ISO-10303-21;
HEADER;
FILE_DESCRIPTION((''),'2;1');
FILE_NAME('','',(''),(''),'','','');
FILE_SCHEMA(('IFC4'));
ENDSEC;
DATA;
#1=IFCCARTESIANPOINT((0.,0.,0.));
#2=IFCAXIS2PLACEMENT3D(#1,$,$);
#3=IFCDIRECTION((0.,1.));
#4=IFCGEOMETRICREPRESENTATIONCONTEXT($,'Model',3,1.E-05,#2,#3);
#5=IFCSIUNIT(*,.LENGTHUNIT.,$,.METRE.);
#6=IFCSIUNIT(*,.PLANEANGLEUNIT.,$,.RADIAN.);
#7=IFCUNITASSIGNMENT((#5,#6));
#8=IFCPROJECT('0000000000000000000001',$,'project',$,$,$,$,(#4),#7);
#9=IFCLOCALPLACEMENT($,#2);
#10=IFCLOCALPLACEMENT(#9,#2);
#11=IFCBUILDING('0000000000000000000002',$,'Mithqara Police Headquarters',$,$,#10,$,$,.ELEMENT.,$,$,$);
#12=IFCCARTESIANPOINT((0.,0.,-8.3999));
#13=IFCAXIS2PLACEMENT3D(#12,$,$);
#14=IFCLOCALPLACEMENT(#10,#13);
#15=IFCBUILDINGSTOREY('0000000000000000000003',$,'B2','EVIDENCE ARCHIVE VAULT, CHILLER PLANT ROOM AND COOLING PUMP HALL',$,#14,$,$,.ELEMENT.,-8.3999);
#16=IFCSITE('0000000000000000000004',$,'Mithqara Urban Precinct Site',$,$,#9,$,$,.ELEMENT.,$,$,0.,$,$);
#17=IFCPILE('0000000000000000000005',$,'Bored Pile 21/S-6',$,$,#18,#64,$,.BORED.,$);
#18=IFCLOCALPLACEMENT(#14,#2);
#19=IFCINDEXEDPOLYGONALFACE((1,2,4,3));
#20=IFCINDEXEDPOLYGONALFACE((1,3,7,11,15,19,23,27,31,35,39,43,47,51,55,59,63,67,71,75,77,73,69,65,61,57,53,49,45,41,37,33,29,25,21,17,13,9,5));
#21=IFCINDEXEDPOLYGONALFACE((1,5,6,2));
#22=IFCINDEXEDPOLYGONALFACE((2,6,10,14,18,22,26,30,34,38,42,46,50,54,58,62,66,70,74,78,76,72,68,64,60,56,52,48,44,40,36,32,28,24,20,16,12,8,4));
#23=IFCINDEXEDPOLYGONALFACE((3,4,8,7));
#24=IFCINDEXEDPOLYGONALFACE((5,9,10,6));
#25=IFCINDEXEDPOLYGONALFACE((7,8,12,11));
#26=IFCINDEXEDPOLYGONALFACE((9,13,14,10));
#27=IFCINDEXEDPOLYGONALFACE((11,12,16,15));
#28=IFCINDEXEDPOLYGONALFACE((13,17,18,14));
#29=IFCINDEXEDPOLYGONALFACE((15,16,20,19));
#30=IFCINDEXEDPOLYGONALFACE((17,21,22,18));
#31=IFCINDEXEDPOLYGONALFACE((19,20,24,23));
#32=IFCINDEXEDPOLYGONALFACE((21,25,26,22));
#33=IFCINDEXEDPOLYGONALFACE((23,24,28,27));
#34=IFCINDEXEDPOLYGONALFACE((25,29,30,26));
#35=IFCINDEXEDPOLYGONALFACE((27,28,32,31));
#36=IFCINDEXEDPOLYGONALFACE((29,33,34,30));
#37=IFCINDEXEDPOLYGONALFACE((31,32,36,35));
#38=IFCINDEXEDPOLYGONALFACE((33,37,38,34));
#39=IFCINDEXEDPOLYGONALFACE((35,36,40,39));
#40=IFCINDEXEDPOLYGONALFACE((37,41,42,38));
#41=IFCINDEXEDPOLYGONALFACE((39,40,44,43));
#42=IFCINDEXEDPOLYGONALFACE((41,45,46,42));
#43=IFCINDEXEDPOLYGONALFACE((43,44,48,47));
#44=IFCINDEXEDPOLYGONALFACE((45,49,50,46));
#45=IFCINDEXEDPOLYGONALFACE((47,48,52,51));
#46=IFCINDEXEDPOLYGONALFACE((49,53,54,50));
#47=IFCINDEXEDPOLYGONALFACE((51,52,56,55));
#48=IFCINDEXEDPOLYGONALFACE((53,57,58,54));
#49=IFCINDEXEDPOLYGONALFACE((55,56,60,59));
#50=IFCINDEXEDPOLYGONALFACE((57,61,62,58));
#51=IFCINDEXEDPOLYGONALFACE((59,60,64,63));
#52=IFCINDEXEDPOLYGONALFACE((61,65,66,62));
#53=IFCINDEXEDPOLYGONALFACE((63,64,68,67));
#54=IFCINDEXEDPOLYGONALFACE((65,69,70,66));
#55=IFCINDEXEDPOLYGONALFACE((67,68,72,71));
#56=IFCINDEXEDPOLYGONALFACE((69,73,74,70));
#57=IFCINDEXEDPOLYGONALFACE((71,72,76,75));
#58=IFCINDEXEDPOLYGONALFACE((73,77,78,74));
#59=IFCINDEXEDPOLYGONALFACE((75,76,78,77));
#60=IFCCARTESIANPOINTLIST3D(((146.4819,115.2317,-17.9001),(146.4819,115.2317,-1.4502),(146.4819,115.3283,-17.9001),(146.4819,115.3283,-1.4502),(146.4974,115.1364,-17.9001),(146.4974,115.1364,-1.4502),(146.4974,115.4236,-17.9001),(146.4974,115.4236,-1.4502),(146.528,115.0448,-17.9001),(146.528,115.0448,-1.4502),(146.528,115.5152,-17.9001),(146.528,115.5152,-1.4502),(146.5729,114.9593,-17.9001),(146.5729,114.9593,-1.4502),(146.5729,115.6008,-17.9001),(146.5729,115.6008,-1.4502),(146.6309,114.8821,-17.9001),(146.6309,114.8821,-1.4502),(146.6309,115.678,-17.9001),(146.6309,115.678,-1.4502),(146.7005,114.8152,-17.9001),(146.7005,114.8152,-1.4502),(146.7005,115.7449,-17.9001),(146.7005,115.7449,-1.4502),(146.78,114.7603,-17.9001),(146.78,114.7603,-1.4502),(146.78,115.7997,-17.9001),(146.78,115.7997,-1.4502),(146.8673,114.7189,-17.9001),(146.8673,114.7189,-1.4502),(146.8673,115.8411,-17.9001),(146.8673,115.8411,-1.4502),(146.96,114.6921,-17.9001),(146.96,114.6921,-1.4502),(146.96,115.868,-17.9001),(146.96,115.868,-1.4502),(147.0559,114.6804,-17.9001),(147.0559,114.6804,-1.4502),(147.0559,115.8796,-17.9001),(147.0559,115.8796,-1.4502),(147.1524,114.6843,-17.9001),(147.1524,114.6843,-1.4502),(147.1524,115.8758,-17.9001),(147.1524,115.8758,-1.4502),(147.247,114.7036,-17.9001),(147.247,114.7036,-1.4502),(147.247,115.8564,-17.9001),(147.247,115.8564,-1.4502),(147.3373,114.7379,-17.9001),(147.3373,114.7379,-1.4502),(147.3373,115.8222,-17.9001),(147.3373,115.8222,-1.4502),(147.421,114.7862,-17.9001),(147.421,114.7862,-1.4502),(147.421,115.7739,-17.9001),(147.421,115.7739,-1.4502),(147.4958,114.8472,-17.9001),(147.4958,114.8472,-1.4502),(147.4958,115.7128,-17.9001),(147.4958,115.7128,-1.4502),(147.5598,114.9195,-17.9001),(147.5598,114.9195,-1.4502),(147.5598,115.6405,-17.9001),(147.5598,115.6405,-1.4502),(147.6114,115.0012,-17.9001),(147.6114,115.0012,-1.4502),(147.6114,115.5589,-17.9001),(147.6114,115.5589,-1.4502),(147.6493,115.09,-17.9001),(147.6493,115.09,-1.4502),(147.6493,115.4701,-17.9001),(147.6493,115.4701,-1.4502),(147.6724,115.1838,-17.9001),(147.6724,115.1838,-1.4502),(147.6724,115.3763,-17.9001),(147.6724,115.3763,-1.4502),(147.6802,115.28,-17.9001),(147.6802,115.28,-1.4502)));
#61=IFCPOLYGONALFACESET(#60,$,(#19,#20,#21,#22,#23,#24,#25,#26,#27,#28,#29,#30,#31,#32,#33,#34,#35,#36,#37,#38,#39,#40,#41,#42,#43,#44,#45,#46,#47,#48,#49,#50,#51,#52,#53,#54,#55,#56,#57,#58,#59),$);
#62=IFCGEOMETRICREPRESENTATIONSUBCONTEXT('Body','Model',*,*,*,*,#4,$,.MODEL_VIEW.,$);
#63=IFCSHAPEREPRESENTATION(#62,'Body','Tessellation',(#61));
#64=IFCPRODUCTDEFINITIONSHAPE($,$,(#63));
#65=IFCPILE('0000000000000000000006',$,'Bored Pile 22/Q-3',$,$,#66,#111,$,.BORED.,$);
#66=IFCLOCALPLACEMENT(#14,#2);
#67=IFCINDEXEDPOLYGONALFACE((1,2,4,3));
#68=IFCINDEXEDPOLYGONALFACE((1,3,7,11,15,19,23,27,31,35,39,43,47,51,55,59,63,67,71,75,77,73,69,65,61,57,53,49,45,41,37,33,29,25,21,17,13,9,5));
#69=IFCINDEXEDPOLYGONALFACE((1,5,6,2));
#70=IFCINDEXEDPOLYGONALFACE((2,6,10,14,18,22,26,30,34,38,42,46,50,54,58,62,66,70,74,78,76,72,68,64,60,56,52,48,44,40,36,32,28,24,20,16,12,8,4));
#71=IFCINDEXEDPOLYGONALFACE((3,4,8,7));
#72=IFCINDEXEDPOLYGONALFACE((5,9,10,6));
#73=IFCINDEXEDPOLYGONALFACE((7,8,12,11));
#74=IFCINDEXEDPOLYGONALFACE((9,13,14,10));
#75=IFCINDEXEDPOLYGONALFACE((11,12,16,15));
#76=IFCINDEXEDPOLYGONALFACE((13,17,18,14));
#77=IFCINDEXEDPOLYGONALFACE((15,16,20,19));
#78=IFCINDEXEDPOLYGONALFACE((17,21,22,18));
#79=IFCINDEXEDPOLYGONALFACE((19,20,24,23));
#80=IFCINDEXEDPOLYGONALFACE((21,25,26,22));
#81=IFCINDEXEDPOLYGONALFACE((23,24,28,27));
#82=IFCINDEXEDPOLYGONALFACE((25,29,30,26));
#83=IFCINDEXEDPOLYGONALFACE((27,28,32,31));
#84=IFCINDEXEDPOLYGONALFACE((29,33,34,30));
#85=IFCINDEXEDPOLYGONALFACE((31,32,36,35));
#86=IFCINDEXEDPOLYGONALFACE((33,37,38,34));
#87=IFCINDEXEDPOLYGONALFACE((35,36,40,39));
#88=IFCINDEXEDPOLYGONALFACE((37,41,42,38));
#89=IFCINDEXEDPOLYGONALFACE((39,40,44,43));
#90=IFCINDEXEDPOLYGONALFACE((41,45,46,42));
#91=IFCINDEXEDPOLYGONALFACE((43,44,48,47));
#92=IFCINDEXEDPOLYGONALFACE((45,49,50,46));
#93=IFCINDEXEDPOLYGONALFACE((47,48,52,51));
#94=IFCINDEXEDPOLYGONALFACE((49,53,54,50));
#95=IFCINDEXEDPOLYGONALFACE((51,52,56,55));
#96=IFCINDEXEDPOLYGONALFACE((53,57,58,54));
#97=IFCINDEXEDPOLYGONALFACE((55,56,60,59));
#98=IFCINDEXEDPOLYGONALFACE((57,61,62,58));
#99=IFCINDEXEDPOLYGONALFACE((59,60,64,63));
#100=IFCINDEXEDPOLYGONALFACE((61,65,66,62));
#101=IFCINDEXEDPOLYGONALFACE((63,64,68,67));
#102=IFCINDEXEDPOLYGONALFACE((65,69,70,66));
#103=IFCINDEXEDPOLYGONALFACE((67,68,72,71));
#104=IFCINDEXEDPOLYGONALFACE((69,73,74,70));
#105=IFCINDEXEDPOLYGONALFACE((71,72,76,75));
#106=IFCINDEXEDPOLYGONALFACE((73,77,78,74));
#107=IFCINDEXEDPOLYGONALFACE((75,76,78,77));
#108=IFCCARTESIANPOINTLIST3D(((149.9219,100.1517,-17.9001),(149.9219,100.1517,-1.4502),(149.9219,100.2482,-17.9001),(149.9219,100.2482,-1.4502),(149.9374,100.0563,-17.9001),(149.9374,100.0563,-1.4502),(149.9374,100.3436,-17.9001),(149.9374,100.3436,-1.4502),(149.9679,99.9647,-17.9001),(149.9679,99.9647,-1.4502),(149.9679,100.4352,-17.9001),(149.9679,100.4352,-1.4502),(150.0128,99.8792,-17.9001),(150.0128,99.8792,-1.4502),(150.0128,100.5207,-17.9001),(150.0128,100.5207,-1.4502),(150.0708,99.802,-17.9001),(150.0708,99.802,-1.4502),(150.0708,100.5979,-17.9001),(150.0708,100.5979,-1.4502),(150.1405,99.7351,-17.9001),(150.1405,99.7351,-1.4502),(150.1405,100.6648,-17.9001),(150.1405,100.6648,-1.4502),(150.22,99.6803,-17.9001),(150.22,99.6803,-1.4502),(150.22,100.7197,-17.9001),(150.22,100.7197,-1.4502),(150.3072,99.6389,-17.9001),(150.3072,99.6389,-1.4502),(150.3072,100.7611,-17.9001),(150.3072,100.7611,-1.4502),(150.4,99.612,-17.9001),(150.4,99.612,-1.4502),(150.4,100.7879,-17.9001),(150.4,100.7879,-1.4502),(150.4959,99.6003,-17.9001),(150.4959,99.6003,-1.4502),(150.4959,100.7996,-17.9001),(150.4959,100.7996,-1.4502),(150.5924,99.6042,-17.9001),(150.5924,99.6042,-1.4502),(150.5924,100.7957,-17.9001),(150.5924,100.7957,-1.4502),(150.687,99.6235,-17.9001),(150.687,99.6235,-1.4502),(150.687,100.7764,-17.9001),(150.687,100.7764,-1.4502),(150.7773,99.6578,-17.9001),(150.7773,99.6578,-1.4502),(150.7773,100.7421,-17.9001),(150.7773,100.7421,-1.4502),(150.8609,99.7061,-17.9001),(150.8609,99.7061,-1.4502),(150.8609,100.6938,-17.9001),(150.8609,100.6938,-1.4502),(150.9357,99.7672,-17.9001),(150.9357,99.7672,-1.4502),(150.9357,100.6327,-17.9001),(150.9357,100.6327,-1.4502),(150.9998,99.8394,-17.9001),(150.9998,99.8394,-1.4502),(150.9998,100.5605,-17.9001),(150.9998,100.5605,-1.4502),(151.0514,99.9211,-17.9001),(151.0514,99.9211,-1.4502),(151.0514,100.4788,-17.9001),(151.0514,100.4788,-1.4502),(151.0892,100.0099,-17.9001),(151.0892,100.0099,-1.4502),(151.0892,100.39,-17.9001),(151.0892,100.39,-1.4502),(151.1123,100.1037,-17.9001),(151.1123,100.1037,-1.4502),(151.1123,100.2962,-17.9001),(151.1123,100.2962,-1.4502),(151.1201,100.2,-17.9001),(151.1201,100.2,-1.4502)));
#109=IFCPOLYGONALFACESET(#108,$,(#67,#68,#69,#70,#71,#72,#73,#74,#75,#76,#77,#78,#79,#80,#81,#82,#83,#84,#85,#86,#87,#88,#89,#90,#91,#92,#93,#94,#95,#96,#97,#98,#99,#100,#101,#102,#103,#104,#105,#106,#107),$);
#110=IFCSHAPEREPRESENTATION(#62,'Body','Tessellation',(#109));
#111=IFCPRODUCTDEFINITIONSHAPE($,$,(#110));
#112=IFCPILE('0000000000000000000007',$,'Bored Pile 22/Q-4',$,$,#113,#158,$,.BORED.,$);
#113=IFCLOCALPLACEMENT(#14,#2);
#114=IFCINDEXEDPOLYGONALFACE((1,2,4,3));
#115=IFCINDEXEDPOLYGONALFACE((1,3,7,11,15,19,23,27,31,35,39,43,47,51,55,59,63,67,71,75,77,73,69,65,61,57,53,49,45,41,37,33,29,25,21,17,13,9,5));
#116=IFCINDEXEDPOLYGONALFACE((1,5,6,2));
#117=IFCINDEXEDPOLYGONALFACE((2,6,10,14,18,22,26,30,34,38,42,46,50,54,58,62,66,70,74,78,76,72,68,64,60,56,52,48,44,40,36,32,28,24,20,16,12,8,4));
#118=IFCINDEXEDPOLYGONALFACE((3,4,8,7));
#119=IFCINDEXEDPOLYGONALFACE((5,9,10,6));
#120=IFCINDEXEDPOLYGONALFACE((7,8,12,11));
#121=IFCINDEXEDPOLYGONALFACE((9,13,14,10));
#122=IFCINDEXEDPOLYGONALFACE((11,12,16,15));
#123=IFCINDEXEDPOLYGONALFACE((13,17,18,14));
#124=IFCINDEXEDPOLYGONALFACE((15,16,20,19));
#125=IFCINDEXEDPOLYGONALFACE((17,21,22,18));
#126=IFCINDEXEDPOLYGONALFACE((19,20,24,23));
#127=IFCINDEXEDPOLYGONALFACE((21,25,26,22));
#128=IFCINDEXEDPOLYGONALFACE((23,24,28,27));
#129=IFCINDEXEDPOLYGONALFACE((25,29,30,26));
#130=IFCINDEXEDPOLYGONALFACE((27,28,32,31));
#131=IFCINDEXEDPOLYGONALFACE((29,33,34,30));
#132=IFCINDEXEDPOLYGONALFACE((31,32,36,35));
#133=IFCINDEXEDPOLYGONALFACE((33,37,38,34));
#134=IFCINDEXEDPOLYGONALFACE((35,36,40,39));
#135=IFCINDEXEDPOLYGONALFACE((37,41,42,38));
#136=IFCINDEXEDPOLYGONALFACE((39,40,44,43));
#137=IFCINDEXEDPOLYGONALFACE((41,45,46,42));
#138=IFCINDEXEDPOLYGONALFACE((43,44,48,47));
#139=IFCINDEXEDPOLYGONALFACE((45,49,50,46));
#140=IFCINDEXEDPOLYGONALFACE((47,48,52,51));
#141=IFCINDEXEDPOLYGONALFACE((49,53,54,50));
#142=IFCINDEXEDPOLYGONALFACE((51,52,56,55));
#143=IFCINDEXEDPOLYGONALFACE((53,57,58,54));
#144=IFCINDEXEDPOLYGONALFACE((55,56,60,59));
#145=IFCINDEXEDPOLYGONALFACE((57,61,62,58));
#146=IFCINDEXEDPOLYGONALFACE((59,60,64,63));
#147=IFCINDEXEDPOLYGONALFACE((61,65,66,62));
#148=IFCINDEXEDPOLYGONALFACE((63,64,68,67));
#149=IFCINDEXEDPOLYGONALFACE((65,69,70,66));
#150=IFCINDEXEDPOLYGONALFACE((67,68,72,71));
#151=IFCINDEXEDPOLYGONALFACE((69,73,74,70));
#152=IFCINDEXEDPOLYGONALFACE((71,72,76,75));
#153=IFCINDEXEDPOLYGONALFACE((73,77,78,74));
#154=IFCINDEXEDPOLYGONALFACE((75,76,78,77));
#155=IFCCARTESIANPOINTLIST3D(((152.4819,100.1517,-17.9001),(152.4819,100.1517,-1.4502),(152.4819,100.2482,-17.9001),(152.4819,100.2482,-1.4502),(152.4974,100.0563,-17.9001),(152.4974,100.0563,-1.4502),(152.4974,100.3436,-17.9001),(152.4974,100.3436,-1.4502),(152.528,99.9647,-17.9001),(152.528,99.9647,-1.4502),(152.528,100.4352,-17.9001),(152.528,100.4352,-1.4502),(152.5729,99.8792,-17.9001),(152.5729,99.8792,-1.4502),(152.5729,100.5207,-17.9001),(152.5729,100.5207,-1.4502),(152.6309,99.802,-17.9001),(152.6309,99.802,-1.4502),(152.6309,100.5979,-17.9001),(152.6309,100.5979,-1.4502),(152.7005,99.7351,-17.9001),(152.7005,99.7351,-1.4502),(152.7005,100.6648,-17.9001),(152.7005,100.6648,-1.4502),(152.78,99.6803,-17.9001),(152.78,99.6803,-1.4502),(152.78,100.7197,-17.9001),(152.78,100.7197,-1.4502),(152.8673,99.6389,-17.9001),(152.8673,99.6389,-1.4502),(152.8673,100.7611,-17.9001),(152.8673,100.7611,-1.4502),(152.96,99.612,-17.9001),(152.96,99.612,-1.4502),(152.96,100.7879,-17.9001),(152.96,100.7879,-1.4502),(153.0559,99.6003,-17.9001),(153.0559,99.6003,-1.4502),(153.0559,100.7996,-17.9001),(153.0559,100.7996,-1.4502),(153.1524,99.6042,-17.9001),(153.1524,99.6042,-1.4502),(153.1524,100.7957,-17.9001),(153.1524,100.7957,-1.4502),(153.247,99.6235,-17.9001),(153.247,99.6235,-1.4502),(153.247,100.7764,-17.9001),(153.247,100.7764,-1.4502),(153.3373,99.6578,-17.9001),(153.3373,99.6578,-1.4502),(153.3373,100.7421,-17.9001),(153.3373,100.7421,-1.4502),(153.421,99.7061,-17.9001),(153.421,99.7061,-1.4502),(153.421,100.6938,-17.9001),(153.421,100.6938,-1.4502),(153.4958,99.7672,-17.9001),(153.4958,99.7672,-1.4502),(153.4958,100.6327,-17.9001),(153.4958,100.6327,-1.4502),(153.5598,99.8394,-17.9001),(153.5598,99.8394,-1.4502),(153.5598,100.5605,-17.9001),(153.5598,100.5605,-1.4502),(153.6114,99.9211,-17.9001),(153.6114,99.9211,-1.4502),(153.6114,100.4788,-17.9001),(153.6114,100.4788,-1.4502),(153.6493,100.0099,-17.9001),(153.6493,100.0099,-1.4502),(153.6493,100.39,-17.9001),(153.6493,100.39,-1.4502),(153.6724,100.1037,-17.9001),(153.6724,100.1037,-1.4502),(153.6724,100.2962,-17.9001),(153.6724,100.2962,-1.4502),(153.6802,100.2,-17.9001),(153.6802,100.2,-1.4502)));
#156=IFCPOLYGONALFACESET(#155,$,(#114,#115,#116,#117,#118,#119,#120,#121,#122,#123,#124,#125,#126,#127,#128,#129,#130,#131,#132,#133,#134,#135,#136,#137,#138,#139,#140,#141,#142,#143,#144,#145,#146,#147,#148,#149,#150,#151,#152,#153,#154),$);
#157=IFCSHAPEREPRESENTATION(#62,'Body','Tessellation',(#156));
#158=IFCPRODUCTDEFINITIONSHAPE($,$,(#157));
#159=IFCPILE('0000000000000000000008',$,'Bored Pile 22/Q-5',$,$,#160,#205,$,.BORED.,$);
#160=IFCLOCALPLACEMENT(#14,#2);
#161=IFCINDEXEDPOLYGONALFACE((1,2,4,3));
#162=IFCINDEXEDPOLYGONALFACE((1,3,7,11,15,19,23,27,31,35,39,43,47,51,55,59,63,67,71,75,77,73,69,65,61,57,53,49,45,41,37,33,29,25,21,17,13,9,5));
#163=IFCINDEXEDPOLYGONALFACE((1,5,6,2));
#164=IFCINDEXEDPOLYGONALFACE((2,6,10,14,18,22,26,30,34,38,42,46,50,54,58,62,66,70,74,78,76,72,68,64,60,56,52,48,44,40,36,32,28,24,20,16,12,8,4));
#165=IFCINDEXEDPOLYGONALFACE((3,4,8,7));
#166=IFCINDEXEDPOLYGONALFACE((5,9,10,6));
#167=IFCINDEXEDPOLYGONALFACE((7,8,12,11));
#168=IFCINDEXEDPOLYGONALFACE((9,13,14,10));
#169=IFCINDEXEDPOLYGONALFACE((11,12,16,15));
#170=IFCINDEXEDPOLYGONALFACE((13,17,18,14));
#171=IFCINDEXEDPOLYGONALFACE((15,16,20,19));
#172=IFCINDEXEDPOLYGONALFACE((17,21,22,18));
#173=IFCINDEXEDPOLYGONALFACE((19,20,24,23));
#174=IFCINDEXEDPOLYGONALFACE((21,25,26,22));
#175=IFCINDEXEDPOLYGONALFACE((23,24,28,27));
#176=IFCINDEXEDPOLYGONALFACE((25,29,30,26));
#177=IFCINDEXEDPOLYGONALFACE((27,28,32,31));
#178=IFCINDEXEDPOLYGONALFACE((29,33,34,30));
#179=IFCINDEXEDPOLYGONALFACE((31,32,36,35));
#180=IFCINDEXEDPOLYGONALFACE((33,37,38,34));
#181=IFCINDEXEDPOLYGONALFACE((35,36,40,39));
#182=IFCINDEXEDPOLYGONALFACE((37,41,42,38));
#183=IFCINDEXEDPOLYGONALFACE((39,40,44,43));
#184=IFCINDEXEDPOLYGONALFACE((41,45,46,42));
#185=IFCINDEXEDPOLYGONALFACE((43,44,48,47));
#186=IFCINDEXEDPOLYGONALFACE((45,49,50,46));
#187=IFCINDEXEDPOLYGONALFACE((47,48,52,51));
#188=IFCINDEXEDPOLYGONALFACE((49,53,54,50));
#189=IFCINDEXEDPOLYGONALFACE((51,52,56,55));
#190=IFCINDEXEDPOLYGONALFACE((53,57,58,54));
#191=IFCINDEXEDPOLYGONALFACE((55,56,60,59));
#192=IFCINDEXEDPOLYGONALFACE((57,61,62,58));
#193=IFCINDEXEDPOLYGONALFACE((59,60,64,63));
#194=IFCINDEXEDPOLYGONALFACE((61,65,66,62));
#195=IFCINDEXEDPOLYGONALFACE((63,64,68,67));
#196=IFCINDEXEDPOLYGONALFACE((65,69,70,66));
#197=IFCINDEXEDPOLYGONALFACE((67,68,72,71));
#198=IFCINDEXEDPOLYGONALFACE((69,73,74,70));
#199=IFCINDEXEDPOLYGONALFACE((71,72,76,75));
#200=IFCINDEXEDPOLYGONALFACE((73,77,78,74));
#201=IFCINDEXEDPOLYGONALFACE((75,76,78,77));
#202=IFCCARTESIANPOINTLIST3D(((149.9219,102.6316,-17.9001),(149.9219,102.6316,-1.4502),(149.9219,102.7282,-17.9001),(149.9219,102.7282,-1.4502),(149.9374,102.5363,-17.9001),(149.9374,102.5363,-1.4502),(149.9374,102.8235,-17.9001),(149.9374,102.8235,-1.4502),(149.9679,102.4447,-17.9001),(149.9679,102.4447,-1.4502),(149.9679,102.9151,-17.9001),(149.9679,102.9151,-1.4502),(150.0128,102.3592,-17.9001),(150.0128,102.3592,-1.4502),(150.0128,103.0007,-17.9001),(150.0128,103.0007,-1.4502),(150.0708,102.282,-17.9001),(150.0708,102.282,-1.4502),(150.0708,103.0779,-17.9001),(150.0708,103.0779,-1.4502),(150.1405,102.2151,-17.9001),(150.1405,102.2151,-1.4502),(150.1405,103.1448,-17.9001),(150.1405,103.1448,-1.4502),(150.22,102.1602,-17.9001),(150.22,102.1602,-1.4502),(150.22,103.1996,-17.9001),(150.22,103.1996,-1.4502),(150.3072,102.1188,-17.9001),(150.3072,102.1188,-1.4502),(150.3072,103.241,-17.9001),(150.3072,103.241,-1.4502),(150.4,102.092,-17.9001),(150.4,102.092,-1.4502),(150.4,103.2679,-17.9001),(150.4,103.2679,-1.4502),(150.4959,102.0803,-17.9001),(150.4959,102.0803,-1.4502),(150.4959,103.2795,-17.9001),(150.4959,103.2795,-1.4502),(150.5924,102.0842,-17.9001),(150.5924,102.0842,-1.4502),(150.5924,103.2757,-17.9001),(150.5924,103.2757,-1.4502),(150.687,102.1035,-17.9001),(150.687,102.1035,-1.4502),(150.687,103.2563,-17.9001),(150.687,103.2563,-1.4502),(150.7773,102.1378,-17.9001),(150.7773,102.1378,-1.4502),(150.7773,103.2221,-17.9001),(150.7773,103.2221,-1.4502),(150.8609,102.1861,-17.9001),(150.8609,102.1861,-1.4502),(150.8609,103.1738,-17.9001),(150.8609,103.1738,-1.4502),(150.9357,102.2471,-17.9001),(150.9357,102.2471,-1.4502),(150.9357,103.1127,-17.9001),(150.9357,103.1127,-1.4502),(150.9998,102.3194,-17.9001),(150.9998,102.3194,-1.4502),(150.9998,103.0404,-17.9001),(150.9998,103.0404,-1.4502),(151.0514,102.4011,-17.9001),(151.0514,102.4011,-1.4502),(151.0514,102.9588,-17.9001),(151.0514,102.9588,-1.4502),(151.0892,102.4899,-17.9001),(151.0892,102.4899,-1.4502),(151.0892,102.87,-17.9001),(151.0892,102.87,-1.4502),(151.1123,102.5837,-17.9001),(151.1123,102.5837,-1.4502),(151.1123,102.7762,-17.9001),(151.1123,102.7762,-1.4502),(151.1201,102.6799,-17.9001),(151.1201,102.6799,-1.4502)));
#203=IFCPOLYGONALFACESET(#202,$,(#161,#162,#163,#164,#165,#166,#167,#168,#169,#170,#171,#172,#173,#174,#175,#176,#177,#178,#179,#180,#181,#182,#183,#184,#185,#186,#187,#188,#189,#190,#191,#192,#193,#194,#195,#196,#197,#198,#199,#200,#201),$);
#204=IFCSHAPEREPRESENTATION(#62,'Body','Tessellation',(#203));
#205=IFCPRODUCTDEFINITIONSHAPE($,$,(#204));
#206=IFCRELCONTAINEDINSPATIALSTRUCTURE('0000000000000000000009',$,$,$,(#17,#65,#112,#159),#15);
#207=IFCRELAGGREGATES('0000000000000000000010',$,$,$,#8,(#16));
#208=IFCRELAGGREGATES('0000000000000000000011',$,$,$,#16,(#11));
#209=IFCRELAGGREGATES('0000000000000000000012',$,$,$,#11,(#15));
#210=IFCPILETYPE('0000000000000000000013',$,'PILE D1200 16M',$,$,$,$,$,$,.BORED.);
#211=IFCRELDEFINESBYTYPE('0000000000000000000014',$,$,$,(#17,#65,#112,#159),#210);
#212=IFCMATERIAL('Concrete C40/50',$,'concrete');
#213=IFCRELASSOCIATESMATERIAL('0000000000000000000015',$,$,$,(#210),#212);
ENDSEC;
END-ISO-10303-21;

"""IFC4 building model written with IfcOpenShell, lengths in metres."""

from ifc_helpers import new_model, si_unit, direction, frame, origin, origin_2d, place, context, subcontext, project, spatial, circle, extrude, material, material_profile, profile_set, type_object, element, save


model = new_model("IFC4")

# Units and contexts
model_context = context("Model", 3, precision=1e-05, world=origin(), true_north=direction((0.0, 1.0)))
body_context = subcontext(model_context, "Body", "Model", "MODEL_VIEW")
ifc_project = project(units=[si_unit("LENGTHUNIT", "METRE"), si_unit("PLANEANGLEUNIT", "RADIAN")], contexts=[model_context])

# Site, building, storey
site_placement = place(None, origin())
site = spatial("IfcSite", under=ifc_project, at=site_placement, Name="Mithqara Urban Precinct Site", CompositionType="ELEMENT", RefElevation=0.0)
building_placement = place(site_placement, origin())
building = spatial("IfcBuilding", under=site, at=building_placement, Name="Mithqara Police Headquarters", CompositionType="ELEMENT")
storey_placement = place(building_placement, frame((0.0, 0.0, -8.3999)))
storey = spatial("IfcBuildingStorey", under=building, at=storey_placement, Name="B2", Description="EVIDENCE ARCHIVE VAULT, CHILLER PLANT ROOM AND COOLING PUMP HALL", CompositionType="ELEMENT", Elevation=-8.3999)

# Shared definitions
ifc_material_1 = material(Name="Concrete C40/50", Category="concrete")

# Piles
ifc_material_profile_1 = material_profile(ifc_material_1, circle(Radius=0.6001, at=origin_2d()), Name="PILE D1200")
ifc_profile_set_1 = profile_set([ifc_material_profile_1], Name="Concrete C40/50")
pile_type_1 = type_object("IfcPileType", Name="PILE D1200 16M", PredefinedType="BORED", material=ifc_profile_set_1)
for number, where, z_axis, x_axis, name in (
    (1, (147.0801, 115.28, -1.4502), (0.0, 0.0, -1.0), (1.0, 0.0, 0.0), "Bored Pile 21/S-6"),
    (2, (150.52, 100.2, -1.4502), (0.0, 0.0, -1.0), (1.0, 0.0, 0.0), "Bored Pile 22/Q-3"),
    (3, (153.0801, 100.2, -1.4502), (0.0, 0.0, -1.0), (1.0, 0.0, 0.0), "Bored Pile 22/Q-4"),
    (4, (150.52, 102.6799, -1.4502), (0.0, 0.0, -1.0), (1.0, 0.0, 0.0), "Bored Pile 22/Q-5"),
):
    element("IfcPile", number, at=place(storey_placement, frame(where, z_axis=z_axis, x_axis=x_axis)), inside=storey, type_object=pile_type_1, Name=name, PredefinedType="BORED", context=body_context, shape_type="SweptSolid", body=[
        extrude(circle(Radius=0.6001, at=origin_2d()), origin(), (0.0, 0.0, 1.0), 16.45),
    ])

save(model, "model.ifc")
